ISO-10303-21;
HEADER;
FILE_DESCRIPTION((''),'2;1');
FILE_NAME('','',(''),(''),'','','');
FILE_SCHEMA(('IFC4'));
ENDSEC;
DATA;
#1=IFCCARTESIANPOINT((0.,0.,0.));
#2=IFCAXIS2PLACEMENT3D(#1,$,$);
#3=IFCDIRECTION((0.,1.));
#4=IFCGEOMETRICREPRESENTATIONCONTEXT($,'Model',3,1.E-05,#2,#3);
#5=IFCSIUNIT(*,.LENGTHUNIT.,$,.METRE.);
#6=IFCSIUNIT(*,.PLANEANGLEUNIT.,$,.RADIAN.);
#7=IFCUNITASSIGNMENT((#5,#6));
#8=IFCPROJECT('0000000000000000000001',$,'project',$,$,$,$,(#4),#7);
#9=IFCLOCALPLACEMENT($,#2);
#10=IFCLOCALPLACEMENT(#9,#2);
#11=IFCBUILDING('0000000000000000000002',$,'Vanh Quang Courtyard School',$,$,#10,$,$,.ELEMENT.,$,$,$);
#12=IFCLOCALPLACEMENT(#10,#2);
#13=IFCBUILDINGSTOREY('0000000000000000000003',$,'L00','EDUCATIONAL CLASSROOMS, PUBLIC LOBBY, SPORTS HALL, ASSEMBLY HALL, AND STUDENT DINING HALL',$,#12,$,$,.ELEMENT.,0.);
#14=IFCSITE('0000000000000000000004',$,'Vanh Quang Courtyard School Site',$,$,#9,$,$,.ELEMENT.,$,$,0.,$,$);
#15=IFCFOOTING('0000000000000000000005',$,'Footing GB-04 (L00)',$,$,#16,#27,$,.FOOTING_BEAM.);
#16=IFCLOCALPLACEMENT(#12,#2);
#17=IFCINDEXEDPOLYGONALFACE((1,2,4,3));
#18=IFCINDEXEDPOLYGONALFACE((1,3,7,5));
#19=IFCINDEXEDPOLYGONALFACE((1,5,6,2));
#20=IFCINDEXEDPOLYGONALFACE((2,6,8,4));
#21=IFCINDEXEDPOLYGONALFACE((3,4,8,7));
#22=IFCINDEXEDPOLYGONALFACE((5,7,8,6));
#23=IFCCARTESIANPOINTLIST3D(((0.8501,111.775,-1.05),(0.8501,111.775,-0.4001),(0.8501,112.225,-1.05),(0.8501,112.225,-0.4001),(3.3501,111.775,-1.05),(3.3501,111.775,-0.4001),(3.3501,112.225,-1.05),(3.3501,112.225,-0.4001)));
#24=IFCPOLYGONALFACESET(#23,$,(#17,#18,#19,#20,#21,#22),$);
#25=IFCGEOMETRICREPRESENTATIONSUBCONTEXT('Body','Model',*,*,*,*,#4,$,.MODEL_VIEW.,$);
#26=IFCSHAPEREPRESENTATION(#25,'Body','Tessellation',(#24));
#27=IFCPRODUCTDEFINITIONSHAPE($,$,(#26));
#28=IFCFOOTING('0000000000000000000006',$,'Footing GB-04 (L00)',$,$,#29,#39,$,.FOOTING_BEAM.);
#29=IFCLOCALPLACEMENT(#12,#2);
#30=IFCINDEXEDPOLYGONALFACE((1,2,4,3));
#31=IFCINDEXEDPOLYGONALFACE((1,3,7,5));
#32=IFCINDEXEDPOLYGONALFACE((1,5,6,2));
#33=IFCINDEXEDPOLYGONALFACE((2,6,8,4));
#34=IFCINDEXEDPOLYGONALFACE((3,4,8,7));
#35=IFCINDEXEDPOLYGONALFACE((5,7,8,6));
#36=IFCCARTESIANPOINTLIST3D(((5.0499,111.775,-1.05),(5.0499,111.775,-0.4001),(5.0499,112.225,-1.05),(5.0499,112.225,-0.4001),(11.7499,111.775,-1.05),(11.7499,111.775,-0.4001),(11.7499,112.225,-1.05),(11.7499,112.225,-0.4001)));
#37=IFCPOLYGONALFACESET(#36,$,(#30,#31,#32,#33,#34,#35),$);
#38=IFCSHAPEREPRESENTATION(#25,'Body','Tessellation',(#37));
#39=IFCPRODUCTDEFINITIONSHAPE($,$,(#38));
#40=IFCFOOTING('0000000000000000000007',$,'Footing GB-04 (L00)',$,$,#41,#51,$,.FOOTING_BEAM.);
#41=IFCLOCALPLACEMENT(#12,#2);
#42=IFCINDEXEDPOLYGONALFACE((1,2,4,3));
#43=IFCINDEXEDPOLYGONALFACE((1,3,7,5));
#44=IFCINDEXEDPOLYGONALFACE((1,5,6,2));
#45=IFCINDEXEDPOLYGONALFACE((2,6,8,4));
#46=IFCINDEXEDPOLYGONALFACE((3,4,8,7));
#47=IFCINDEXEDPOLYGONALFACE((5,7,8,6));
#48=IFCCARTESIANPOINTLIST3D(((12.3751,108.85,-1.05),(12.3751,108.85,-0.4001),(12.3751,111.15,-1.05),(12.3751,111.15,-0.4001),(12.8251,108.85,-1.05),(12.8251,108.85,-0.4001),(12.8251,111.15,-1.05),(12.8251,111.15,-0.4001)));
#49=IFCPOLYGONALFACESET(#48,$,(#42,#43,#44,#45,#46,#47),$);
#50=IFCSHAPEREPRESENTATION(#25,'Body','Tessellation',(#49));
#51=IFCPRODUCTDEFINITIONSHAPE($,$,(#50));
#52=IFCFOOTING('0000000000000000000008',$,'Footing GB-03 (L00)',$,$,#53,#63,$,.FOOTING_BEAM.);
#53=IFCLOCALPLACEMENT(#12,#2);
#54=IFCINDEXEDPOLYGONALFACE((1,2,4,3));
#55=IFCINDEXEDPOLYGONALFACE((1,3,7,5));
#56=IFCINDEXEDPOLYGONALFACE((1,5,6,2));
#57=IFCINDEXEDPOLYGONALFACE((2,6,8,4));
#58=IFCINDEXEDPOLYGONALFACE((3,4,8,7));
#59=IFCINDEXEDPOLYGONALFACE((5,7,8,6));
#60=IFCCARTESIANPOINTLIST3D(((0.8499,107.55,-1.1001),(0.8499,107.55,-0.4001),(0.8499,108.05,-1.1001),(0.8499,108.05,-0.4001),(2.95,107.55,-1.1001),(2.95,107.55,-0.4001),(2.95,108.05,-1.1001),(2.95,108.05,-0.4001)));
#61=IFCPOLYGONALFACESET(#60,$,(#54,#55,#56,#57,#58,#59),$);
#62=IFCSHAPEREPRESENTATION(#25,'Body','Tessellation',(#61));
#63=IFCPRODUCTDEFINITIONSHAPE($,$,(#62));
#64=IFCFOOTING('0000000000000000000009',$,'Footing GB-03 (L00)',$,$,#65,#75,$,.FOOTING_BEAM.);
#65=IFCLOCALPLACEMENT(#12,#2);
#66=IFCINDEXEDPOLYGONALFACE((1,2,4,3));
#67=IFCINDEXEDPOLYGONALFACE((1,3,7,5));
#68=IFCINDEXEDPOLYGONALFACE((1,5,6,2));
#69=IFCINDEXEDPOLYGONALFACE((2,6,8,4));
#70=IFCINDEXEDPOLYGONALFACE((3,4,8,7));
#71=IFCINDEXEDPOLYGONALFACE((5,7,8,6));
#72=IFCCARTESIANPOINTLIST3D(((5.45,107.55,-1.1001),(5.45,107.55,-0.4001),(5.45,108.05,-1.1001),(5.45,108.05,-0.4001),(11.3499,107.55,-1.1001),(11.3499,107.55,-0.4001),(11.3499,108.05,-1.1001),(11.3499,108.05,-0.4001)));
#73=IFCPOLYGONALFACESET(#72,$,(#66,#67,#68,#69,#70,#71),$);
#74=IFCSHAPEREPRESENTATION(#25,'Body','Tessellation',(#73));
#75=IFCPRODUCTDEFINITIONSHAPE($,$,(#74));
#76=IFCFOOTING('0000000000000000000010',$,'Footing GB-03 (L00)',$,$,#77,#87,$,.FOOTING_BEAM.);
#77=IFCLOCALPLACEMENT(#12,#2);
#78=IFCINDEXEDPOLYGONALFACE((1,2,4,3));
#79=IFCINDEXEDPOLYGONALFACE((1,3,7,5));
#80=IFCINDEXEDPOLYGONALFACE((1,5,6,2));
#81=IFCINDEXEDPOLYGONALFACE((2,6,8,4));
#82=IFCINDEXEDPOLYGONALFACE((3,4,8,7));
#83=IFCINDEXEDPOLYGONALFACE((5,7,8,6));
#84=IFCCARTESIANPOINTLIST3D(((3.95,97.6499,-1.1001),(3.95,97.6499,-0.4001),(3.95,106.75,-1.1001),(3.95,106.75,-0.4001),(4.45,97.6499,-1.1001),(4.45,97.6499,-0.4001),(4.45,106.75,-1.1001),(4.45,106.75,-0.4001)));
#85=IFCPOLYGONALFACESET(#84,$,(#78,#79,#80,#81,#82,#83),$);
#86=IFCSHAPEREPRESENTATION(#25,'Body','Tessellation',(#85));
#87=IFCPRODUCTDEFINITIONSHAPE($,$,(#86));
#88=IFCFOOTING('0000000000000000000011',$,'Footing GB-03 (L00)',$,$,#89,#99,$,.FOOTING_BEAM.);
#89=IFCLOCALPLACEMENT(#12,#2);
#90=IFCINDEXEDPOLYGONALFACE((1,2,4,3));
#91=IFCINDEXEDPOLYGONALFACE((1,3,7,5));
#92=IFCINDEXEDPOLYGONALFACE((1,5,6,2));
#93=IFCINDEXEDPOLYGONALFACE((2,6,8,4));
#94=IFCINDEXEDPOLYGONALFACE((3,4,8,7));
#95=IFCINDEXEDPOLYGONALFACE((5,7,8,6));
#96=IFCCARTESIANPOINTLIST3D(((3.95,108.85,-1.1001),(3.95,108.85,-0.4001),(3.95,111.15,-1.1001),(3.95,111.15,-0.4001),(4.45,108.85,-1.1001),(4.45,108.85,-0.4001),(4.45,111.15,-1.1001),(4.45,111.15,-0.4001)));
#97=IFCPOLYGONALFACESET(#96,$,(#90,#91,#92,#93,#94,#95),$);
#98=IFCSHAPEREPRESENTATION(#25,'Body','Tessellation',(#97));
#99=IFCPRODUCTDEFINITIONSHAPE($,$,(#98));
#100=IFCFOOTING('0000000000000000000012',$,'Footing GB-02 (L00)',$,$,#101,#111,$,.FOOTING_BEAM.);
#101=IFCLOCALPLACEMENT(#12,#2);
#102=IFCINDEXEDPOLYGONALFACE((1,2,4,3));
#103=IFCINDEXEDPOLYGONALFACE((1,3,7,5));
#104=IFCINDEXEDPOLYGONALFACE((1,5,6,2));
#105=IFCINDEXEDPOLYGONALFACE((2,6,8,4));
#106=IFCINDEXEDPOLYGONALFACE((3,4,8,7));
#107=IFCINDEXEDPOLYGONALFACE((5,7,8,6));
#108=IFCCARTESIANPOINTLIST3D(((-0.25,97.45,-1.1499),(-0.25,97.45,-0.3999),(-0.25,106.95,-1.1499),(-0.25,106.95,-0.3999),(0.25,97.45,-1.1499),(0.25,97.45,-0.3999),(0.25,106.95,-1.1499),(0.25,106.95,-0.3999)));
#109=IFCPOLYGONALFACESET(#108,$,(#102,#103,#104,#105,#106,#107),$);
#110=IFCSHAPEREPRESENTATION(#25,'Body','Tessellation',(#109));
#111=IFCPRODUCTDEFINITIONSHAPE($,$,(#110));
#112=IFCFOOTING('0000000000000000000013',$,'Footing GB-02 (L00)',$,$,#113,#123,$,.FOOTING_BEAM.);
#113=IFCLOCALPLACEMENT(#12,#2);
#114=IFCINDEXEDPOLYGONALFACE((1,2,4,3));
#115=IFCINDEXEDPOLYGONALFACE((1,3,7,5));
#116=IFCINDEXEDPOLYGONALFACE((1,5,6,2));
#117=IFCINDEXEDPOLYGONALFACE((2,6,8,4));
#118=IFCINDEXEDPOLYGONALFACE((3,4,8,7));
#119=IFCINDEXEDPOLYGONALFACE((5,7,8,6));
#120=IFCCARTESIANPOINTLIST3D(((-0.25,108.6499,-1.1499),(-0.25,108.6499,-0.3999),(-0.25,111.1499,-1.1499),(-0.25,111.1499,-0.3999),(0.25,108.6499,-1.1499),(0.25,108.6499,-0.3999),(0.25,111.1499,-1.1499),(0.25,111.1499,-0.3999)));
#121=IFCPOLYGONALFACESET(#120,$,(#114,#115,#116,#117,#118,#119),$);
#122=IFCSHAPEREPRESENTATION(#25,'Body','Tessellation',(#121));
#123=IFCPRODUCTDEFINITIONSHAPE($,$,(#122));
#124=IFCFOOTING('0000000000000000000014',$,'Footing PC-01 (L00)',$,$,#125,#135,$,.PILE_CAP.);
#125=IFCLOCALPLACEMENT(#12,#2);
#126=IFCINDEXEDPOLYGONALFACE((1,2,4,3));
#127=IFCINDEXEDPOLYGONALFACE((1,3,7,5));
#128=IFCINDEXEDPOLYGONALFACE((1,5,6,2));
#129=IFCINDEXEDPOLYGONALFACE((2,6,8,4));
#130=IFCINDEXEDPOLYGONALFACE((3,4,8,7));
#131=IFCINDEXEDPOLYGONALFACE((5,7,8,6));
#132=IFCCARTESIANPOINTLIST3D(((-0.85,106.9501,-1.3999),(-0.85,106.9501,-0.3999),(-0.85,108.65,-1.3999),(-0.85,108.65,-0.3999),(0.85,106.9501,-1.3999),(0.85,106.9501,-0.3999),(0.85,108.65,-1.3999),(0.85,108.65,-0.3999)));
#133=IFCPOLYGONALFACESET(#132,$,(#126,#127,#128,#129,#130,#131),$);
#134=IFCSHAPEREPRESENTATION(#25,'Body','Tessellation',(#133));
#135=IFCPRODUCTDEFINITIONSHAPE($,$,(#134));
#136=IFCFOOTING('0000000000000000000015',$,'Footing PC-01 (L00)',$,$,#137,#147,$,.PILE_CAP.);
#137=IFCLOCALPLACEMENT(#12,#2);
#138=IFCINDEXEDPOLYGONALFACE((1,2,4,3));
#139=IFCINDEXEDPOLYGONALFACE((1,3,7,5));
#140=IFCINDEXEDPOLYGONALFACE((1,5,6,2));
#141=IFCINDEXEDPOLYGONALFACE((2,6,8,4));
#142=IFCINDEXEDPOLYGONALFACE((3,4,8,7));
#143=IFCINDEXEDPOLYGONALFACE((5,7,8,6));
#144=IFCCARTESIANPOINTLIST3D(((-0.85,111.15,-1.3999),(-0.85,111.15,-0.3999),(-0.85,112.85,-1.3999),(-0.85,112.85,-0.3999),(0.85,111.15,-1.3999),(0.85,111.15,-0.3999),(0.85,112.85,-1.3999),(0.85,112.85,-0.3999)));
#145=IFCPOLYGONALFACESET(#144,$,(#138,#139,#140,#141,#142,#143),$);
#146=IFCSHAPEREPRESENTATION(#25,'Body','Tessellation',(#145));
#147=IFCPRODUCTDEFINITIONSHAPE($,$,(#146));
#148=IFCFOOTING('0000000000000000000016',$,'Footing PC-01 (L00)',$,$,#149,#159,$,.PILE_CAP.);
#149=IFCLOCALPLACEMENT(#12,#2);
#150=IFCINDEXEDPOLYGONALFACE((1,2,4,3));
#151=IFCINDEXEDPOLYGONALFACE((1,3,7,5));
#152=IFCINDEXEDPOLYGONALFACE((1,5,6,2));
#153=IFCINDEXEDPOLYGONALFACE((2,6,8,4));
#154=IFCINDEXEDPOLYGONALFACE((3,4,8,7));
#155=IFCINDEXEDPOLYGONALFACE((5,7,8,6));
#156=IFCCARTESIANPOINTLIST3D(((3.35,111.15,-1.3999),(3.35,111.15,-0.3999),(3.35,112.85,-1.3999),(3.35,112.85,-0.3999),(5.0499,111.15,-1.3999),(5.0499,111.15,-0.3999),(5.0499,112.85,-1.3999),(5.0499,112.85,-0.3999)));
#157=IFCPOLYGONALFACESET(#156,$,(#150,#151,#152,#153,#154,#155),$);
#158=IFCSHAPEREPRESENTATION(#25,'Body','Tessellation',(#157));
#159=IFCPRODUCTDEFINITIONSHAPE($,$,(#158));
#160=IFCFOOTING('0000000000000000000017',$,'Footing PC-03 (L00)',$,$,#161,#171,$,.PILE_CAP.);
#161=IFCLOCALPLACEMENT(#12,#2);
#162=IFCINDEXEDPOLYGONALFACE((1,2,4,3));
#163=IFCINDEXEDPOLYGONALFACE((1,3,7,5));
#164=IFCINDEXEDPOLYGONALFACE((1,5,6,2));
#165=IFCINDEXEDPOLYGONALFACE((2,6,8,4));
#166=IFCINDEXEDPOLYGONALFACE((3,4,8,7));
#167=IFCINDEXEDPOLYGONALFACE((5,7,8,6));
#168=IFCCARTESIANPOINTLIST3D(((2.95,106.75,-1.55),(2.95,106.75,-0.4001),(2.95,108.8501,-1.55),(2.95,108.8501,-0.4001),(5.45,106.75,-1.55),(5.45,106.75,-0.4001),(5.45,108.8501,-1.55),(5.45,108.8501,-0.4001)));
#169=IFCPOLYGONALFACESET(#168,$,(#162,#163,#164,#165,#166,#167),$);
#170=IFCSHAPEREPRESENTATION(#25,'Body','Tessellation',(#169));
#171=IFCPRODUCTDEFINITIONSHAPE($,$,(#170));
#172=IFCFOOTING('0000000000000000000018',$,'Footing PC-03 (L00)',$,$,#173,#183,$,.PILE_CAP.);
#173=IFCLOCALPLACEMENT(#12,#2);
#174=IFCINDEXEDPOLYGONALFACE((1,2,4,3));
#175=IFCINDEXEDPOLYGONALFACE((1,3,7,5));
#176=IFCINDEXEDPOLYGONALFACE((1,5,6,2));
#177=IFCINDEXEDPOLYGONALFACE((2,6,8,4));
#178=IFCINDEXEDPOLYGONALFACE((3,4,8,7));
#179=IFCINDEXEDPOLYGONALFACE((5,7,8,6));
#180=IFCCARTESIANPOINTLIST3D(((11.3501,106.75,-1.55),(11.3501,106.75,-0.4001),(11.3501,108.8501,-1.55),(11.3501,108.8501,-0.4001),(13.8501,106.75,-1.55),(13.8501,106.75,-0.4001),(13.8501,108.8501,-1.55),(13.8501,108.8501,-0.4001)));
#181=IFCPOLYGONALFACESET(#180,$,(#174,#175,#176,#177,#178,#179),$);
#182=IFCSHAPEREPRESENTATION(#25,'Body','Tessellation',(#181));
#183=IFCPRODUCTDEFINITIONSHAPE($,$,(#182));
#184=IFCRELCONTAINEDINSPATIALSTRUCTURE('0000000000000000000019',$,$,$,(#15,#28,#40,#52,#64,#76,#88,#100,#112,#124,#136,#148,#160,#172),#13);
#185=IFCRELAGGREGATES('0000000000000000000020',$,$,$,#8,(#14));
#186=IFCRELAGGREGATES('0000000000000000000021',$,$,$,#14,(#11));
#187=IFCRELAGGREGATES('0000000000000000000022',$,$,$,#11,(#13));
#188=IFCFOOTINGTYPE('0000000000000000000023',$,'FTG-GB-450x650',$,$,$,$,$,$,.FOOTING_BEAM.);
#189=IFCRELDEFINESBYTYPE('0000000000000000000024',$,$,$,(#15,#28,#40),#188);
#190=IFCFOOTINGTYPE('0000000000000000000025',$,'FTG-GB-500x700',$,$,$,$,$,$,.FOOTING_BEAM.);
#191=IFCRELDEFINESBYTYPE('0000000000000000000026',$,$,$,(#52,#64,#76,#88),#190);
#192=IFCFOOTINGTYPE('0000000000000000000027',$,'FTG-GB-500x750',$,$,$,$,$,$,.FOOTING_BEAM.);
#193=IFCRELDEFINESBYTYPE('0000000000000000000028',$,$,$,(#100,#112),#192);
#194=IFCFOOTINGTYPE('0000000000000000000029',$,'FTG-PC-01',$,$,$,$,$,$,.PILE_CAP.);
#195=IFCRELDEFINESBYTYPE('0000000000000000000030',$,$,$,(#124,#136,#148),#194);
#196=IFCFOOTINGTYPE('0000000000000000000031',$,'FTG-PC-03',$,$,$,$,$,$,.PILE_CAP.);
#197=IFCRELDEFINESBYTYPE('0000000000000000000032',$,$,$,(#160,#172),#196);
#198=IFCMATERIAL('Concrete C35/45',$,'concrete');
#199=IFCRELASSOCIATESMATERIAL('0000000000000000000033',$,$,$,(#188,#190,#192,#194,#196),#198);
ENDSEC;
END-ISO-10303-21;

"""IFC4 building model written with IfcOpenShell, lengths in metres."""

from ifc_helpers import new_model, si_unit, direction, frame, origin, origin_2d, place, context, subcontext, project, spatial, rectangle, extrude, material, type_object, element, save


model = new_model("IFC4")

# Units and contexts
model_context = context("Model", 3, precision=1e-05, world=origin(), true_north=direction((0.0, 1.0)))
body_context = subcontext(model_context, "Body", "Model", "MODEL_VIEW")
ifc_project = project(units=[si_unit("LENGTHUNIT", "METRE"), si_unit("PLANEANGLEUNIT", "RADIAN")], contexts=[model_context])

# Site, building, storey
site_placement = place(None, origin())
site = spatial("IfcSite", under=ifc_project, at=site_placement, Name="Vanh Quang Courtyard School Site", CompositionType="ELEMENT", RefElevation=0.0)
building_placement = place(site_placement, origin())
building = spatial("IfcBuilding", under=site, at=building_placement, Name="Vanh Quang Courtyard School", CompositionType="ELEMENT")
storey_placement = place(building_placement, origin())
storey = spatial("IfcBuildingStorey", under=building, at=storey_placement, Name="L00", Description="EDUCATIONAL CLASSROOMS, PUBLIC LOBBY, SPORTS HALL, ASSEMBLY HALL, AND STUDENT DINING HALL", CompositionType="ELEMENT", Elevation=0.0)

# Footings
ifc_material_1 = material(Name="Concrete C35/45", Category="concrete")
footing_type_1 = type_object("IfcFootingType", Name="FTG-GB-450x650", PredefinedType="FOOTING_BEAM", material=ifc_material_1)
footing_1_placement = place(storey_placement, frame((2.1001, 112.0, -1.05), z_axis=(0.0, 0.0, 1.0), x_axis=(1.0, 0.0, 0.0)))
element("IfcFooting", 1, at=footing_1_placement, inside=storey, type_object=footing_type_1, Name="Footing GB-04 (L00)", PredefinedType="FOOTING_BEAM", context=body_context, shape_type="SweptSolid", body=[
    extrude(rectangle(XDim=2.5, YDim=0.45, at=origin_2d()), origin(), (0.0, 0.0, 1.0), 0.6499),
])
footing_2_placement = place(storey_placement, frame((8.3999, 112.0, -1.05), z_axis=(0.0, 0.0, 1.0), x_axis=(1.0, 0.0, 0.0)))
element("IfcFooting", 2, at=footing_2_placement, inside=storey, type_object=footing_type_1, Name="Footing GB-04 (L00)", PredefinedType="FOOTING_BEAM", context=body_context, shape_type="SweptSolid", body=[
    extrude(rectangle(XDim=6.7, YDim=0.45, at=origin_2d()), origin(), (0.0, 0.0, 1.0), 0.6499),
])
footing_3_placement = place(storey_placement, frame((12.6001, 110.0, -1.05), z_axis=(0.0, 0.0, 1.0), x_axis=(0.0, 1.0, 0.0)))
element("IfcFooting", 3, at=footing_3_placement, inside=storey, type_object=footing_type_1, Name="Footing GB-04 (L00)", PredefinedType="FOOTING_BEAM", context=body_context, shape_type="SweptSolid", body=[
    extrude(rectangle(XDim=2.3, YDim=0.45, at=origin_2d()), origin(), (0.0, 0.0, 1.0), 0.6499),
])
footing_type_2 = type_object("IfcFootingType", Name="FTG-GB-500x700", PredefinedType="FOOTING_BEAM", material=ifc_material_1)
footing_4_placement = place(storey_placement, frame((1.8999, 107.8, -1.1001), z_axis=(0.0, 0.0, 1.0), x_axis=(1.0, 0.0, 0.0)))
element("IfcFooting", 4, at=footing_4_placement, inside=storey, type_object=footing_type_2, Name="Footing GB-03 (L00)", PredefinedType="FOOTING_BEAM", context=body_context, shape_type="SweptSolid", body=[
    extrude(rectangle(XDim=2.1001, YDim=0.5, at=origin_2d()), origin(), (0.0, 0.0, 1.0), 0.7),
])
footing_5_placement = place(storey_placement, frame((8.3999, 107.8, -1.1001), z_axis=(0.0, 0.0, 1.0), x_axis=(1.0, 0.0, 0.0)))
element("IfcFooting", 5, at=footing_5_placement, inside=storey, type_object=footing_type_2, Name="Footing GB-03 (L00)", PredefinedType="FOOTING_BEAM", context=body_context, shape_type="SweptSolid", body=[
    extrude(rectangle(XDim=5.8999, YDim=0.5, at=origin_2d()), origin(), (0.0, 0.0, 1.0), 0.7),
])
footing_6_placement = place(storey_placement, frame((4.2, 102.2, -1.1001), z_axis=(0.0, 0.0, 1.0), x_axis=(0.0, 1.0, 0.0)))
element("IfcFooting", 6, at=footing_6_placement, inside=storey, type_object=footing_type_2, Name="Footing GB-03 (L00)", PredefinedType="FOOTING_BEAM", context=body_context, shape_type="SweptSolid", body=[
    extrude(rectangle(XDim=9.1001, YDim=0.5, at=origin_2d()), origin(), (0.0, 0.0, 1.0), 0.7),
])
footing_7_placement = place(storey_placement, frame((4.2, 110.0, -1.1001), z_axis=(0.0, 0.0, 1.0), x_axis=(0.0, 1.0, 0.0)))
element("IfcFooting", 7, at=footing_7_placement, inside=storey, type_object=footing_type_2, Name="Footing GB-03 (L00)", PredefinedType="FOOTING_BEAM", context=body_context, shape_type="SweptSolid", body=[
    extrude(rectangle(XDim=2.3, YDim=0.5, at=origin_2d()), origin(), (0.0, 0.0, 1.0), 0.7),
])
footing_type_3 = type_object("IfcFootingType", Name="FTG-GB-500x750", PredefinedType="FOOTING_BEAM", material=ifc_material_1)
footing_8_placement = place(storey_placement, frame((0.0, 102.2, -1.1499), z_axis=(0.0, 0.0, 1.0), x_axis=(0.0, 1.0, 0.0)))
element("IfcFooting", 8, at=footing_8_placement, inside=storey, type_object=footing_type_3, Name="Footing GB-02 (L00)", PredefinedType="FOOTING_BEAM", context=body_context, shape_type="SweptSolid", body=[
    extrude(rectangle(XDim=9.5, YDim=0.5, at=origin_2d()), origin(), (0.0, 0.0, 1.0), 0.75),
])
footing_9_placement = place(storey_placement, frame((0.0, 109.8999, -1.1499), z_axis=(0.0, 0.0, 1.0), x_axis=(0.0, 1.0, 0.0)))
element("IfcFooting", 9, at=footing_9_placement, inside=storey, type_object=footing_type_3, Name="Footing GB-02 (L00)", PredefinedType="FOOTING_BEAM", context=body_context, shape_type="SweptSolid", body=[
    extrude(rectangle(XDim=2.5, YDim=0.5, at=origin_2d()), origin(), (0.0, 0.0, 1.0), 0.75),
])
footing_type_4 = type_object("IfcFootingType", Name="FTG-PC-01", PredefinedType="PILE_CAP", material=ifc_material_1)
for number, where, z_axis, x_axis, name in (
    (10, (0.0, 107.8, -1.3999), (0.0, 0.0, 1.0), (1.0, 0.0, 0.0), "Footing PC-01 (L00)"),
    (11, (0.0, 112.0, -1.3999), (0.0, 0.0, 1.0), (1.0, 0.0, 0.0), "Footing PC-01 (L00)"),
    (12, (4.2, 112.0, -1.3999), (0.0, 0.0, 1.0), (1.0, 0.0, 0.0), "Footing PC-01 (L00)"),
):
    element("IfcFooting", number, at=place(storey_placement, frame(where, z_axis=z_axis, x_axis=x_axis)), inside=storey, type_object=footing_type_4, Name=name, PredefinedType="PILE_CAP", context=body_context, shape_type="SweptSolid", body=[
        extrude(rectangle(XDim=1.7, YDim=1.7, at=origin_2d()), origin(), (0.0, 0.0, 1.0), 1.0),
    ])
footing_type_5 = type_object("IfcFootingType", Name="FTG-PC-03", PredefinedType="PILE_CAP", material=ifc_material_1)
for number, where, z_axis, x_axis, name in (
    (13, (4.2, 107.8, -1.55), (0.0, 0.0, 1.0), (1.0, 0.0, 0.0), "Footing PC-03 (L00)"),
    (14, (12.6001, 107.8, -1.55), (0.0, 0.0, 1.0), (1.0, 0.0, 0.0), "Footing PC-03 (L00)"),
):
    element("IfcFooting", number, at=place(storey_placement, frame(where, z_axis=z_axis, x_axis=x_axis)), inside=storey, type_object=footing_type_5, Name=name, PredefinedType="PILE_CAP", context=body_context, shape_type="SweptSolid", body=[
        extrude(rectangle(XDim=2.5, YDim=2.1001, at=origin_2d()), origin(), (0.0, 0.0, 1.0), 1.1499),
    ])

save(model, "model.ifc")
